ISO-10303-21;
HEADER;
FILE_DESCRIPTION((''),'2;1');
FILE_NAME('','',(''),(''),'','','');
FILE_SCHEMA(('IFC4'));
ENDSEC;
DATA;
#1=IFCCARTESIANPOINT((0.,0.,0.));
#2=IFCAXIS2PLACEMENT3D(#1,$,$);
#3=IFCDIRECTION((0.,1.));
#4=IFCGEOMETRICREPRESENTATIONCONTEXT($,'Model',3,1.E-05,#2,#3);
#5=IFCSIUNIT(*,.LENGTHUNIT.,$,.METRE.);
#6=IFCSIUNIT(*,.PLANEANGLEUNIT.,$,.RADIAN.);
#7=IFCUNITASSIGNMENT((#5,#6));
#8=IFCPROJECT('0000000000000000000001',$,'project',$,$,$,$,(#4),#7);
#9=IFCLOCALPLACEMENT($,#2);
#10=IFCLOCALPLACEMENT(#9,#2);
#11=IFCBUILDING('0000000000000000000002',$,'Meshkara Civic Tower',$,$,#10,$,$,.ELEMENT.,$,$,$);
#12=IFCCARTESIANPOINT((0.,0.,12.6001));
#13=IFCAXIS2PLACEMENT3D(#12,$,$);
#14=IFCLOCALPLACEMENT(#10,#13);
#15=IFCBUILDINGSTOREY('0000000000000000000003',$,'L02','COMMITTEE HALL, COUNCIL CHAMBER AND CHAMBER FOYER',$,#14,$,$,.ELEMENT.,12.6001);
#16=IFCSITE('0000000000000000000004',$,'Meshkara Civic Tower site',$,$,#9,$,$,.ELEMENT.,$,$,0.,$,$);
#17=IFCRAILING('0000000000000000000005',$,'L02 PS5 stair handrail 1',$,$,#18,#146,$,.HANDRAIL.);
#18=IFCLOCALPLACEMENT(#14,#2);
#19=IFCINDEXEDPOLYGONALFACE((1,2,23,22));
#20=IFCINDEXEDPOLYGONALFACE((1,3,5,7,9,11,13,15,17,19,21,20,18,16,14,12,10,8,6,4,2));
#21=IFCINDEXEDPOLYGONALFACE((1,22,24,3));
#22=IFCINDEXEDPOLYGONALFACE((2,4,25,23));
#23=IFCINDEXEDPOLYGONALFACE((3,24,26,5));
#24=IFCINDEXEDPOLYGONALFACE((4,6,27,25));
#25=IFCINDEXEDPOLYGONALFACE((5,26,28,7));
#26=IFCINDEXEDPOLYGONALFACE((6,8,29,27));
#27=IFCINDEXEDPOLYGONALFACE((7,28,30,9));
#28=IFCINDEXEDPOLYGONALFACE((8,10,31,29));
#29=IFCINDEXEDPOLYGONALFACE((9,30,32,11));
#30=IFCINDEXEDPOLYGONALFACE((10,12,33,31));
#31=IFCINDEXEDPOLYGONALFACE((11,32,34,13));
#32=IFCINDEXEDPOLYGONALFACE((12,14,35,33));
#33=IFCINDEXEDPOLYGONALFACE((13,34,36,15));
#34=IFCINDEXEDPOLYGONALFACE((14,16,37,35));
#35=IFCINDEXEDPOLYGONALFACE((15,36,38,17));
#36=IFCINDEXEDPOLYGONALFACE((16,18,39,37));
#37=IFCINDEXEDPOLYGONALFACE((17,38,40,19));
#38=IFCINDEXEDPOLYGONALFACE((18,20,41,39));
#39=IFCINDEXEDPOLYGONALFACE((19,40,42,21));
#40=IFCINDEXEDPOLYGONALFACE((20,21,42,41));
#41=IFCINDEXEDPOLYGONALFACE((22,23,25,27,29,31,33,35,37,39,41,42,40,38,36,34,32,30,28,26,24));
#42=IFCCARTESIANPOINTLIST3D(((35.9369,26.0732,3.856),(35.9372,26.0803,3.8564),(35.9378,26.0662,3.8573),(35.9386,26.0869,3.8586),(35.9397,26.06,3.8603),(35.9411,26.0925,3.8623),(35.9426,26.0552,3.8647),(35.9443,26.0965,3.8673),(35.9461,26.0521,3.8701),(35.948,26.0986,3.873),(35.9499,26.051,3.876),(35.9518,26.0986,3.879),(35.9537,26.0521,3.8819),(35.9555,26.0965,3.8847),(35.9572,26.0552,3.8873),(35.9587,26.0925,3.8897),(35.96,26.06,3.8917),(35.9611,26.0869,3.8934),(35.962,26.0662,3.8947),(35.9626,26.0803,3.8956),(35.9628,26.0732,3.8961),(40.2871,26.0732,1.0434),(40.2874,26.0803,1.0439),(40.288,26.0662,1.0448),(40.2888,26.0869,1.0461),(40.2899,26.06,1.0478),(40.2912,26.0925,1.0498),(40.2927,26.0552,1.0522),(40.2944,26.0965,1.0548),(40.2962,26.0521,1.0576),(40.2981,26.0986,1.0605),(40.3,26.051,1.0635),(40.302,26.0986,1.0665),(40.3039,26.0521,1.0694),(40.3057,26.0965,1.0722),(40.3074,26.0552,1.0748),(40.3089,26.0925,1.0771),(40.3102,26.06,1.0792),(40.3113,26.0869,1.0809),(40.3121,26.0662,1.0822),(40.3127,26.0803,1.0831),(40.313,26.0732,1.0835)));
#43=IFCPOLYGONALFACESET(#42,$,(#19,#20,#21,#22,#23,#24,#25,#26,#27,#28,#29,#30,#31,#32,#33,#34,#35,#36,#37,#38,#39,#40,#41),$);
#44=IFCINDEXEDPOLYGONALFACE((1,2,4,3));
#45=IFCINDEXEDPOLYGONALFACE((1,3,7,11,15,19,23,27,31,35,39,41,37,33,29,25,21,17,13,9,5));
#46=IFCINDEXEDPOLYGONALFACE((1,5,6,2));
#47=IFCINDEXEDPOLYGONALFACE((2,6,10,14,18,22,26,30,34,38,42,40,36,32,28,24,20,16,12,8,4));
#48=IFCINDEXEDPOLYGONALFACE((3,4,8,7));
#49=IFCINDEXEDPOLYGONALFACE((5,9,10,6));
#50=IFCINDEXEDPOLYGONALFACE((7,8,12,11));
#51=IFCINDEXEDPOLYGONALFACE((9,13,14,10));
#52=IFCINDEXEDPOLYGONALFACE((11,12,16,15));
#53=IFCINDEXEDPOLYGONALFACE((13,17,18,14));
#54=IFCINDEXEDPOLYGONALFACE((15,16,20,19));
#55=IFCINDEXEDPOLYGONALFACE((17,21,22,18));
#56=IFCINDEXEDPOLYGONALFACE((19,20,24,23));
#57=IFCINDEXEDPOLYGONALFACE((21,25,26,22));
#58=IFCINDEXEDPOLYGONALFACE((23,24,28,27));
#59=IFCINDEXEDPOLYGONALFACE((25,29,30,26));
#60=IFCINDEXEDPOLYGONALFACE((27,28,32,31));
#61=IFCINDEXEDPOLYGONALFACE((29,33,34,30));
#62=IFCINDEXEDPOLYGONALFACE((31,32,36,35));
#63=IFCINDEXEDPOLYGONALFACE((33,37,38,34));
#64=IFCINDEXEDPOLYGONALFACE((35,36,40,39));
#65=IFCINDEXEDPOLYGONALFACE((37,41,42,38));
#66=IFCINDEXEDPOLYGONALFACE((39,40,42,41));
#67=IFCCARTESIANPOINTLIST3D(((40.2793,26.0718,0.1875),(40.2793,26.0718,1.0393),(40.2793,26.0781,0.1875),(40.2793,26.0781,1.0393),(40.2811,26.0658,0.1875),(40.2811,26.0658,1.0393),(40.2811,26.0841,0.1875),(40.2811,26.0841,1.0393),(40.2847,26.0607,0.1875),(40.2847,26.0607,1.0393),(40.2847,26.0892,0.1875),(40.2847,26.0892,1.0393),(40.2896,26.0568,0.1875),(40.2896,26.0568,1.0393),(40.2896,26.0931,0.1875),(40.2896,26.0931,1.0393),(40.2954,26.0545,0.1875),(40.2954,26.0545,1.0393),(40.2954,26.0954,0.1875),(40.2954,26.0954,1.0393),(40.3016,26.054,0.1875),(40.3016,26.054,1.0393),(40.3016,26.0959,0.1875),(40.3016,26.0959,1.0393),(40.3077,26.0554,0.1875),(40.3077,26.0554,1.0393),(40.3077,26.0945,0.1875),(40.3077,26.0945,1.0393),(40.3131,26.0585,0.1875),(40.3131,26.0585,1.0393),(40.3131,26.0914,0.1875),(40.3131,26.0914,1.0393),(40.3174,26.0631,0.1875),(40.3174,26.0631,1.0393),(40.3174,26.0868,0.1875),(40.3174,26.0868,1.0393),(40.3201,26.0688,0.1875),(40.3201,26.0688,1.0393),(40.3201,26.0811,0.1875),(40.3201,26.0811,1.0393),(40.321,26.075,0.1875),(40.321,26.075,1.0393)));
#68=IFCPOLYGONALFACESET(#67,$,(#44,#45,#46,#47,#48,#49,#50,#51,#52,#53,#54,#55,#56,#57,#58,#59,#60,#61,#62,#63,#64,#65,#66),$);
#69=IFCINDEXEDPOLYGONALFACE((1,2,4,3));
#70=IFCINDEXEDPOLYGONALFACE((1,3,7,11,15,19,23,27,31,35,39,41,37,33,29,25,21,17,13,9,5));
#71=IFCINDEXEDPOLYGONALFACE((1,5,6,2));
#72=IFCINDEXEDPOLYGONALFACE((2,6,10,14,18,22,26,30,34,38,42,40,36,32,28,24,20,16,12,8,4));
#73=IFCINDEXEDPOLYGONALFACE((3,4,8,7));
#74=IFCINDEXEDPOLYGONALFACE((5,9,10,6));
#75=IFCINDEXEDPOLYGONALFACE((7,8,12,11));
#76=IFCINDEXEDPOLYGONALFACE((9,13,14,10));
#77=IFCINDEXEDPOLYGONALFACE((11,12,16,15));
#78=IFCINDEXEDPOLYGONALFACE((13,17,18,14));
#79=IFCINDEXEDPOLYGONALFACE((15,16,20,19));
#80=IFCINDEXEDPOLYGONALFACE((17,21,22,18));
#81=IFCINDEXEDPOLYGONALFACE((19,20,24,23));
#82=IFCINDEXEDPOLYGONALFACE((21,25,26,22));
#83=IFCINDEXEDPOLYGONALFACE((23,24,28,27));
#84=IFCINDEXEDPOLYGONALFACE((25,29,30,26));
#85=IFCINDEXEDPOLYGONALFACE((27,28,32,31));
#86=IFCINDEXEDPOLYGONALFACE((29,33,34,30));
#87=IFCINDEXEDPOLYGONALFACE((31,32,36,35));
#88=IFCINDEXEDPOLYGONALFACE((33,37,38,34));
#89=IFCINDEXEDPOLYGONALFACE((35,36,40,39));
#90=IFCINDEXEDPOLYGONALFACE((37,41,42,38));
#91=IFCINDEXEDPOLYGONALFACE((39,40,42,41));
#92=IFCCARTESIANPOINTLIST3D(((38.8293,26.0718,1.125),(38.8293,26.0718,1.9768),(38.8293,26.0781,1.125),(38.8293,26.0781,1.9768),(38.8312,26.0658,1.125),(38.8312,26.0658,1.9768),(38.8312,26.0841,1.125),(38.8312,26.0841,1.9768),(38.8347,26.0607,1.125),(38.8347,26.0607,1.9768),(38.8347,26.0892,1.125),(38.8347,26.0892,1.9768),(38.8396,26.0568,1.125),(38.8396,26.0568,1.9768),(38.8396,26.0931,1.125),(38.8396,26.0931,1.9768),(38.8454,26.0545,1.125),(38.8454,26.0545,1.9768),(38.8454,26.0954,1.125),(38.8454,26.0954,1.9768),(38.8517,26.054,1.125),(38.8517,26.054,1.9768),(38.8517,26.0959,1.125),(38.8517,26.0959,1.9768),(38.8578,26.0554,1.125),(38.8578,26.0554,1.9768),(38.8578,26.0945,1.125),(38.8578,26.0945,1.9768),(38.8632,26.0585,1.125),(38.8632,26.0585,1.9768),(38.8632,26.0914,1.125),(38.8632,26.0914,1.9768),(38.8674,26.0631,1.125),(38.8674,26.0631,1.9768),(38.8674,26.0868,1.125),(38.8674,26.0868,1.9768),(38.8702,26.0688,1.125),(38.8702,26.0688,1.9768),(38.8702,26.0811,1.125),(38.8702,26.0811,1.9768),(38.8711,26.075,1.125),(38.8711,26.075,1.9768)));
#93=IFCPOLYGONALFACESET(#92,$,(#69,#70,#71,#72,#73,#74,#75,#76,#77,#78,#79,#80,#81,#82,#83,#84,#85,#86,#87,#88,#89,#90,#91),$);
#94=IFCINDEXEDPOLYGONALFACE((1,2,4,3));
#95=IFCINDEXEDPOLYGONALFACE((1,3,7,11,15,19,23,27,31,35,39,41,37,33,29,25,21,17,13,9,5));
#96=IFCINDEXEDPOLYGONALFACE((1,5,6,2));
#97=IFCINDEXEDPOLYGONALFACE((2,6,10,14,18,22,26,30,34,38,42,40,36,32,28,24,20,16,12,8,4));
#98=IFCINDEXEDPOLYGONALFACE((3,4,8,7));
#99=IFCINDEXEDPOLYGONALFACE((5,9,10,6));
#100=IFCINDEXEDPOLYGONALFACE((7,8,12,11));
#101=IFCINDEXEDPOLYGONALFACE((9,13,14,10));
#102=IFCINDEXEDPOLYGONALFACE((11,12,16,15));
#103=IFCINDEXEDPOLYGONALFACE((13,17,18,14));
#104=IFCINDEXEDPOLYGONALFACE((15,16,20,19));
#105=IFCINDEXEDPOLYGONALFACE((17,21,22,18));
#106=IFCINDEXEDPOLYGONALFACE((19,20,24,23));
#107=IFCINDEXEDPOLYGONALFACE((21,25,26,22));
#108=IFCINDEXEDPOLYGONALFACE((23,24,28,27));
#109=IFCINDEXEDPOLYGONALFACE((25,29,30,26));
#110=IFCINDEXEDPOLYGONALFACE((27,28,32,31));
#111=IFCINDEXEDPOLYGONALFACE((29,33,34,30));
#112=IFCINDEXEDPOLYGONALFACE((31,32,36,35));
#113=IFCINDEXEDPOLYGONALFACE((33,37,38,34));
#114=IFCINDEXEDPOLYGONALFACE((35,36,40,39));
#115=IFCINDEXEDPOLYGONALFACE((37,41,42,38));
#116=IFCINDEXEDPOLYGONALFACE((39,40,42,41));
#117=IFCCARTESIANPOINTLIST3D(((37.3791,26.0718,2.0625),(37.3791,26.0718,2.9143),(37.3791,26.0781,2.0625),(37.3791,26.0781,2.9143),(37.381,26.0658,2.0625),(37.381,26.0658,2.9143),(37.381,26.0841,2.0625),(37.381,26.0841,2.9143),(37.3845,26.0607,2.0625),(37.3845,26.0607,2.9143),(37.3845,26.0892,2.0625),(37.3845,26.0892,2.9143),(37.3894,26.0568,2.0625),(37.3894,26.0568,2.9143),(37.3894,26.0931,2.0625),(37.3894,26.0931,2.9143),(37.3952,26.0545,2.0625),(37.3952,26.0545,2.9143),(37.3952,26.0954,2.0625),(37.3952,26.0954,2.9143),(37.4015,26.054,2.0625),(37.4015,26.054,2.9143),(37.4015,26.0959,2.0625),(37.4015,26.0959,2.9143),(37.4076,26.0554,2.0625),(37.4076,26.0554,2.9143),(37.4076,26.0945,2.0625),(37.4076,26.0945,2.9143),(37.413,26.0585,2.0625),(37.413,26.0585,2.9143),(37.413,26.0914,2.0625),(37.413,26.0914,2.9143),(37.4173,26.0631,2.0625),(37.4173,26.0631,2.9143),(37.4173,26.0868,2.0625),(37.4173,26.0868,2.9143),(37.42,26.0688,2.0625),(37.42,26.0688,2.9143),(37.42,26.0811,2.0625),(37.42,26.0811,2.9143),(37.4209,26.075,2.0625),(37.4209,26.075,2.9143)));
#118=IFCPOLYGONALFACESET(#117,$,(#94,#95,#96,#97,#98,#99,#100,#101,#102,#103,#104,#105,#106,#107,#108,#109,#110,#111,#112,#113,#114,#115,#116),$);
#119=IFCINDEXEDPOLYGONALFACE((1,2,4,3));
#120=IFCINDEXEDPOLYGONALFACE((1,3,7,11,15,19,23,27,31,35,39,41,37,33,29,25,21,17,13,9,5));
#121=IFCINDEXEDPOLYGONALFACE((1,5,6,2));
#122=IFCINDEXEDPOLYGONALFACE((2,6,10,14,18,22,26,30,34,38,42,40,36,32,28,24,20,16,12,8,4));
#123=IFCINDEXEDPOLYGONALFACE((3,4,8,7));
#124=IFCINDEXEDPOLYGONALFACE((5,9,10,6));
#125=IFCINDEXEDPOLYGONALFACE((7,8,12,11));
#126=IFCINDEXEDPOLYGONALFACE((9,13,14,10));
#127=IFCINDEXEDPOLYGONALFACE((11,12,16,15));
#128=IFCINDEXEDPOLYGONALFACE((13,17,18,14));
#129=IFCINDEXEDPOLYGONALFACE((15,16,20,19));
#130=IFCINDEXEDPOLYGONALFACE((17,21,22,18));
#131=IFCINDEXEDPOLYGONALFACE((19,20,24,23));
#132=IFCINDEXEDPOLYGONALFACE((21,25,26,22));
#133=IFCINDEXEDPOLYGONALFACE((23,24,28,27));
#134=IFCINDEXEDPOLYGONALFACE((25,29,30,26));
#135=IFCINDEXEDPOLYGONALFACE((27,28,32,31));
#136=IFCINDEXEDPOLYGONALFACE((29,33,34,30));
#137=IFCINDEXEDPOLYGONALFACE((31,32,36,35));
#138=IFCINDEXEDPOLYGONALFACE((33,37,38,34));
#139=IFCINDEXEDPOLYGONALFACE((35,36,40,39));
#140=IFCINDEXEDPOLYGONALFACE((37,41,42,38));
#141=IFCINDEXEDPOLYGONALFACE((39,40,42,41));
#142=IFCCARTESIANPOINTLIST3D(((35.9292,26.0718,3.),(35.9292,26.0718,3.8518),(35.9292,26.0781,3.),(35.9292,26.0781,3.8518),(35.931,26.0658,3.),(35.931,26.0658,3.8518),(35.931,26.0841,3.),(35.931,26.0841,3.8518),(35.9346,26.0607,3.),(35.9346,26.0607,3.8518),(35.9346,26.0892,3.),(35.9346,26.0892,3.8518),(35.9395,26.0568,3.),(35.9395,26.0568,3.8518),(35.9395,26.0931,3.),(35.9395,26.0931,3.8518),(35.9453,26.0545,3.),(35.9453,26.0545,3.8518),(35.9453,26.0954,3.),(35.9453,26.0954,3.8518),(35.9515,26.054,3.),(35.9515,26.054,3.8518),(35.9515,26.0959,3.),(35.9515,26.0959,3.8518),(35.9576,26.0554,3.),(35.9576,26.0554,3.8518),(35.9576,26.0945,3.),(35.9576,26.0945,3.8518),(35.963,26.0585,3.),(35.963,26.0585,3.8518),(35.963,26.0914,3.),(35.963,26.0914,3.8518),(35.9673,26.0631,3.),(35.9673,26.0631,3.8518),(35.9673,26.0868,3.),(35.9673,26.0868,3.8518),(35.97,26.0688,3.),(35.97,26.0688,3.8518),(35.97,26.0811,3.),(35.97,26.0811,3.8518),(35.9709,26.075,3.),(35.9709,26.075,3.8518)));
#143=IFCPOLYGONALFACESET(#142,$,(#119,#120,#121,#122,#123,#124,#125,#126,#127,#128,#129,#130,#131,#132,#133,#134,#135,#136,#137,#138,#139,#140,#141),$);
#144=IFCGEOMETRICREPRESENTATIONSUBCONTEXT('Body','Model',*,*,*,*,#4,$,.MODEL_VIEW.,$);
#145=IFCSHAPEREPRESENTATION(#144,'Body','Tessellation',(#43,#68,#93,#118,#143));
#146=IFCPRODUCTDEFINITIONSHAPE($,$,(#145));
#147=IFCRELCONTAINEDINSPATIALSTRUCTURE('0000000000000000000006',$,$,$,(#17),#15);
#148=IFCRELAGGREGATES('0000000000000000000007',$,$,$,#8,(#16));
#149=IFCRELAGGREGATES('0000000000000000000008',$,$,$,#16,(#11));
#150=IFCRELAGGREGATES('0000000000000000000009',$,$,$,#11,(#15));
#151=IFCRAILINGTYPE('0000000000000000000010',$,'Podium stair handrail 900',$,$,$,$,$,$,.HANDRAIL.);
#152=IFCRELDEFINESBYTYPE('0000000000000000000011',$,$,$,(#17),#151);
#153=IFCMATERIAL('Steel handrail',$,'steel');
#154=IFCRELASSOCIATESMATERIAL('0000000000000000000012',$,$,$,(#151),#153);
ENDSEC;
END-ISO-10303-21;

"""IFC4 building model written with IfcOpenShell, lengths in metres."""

from ifc_helpers import new_model, si_unit, direction, frame, origin, origin_2d, place, context, subcontext, project, spatial, circle, extrude, material, type_object, element, save


model = new_model("IFC4")

# Units and contexts
model_context = context("Model", 3, precision=1e-05, world=origin(), true_north=direction((0.0, 1.0)))
body_context = subcontext(model_context, "Body", "Model", "MODEL_VIEW")
ifc_project = project(units=[si_unit("LENGTHUNIT", "METRE"), si_unit("PLANEANGLEUNIT", "RADIAN")], contexts=[model_context])

# Site, building, storey
site_placement = place(None, origin())
site = spatial("IfcSite", under=ifc_project, at=site_placement, Name="Meshkara Civic Tower site", CompositionType="ELEMENT", RefElevation=0.0)
building_placement = place(site_placement, origin())
building = spatial("IfcBuilding", under=site, at=building_placement, Name="Meshkara Civic Tower", CompositionType="ELEMENT")
storey_placement = place(building_placement, frame((0.0, 0.0, 12.6001)))
storey = spatial("IfcBuildingStorey", under=building, at=storey_placement, Name="L02", Description="COMMITTEE HALL, COUNCIL CHAMBER AND CHAMBER FOYER", CompositionType="ELEMENT", Elevation=12.6001)

# Railing
ifc_material_1 = material(Name="Steel handrail", Category="steel")
railing_type_1 = type_object("IfcRailingType", Name="Podium stair handrail 900", PredefinedType="HANDRAIL", material=ifc_material_1)
railing_1_placement = place(storey_placement, frame((40.3, 26.075, 0.1875)))
element("IfcRailing", 1, at=railing_1_placement, inside=storey, type_object=railing_type_1, Name="L02 PS5 stair handrail 1", PredefinedType="HANDRAIL", context=body_context, shape_type="SweptSolid", body=[
    extrude(circle(Radius=0.0239, at=origin_2d()), frame((0.0, 0.0, 0.876), z_axis=(-0.83977, 0.0, 0.542942), x_axis=(0.0, -1.0, 0.0)), (0.0, 0.0, 1.0), 5.1802),
    extrude(circle(Radius=0.021, at=origin_2d()), origin(), (0.0, 0.0, 1.0), 0.8518),
    extrude(circle(Radius=0.021, at=origin_2d()), frame((-1.45, 0.0, 0.9375)), (0.0, 0.0, 1.0), 0.8518),
    extrude(circle(Radius=0.021, at=origin_2d()), frame((-2.9001, 0.0, 1.875)), (0.0, 0.0, 1.0), 0.8518),
    extrude(circle(Radius=0.021, at=origin_2d()), frame((-4.3501, 0.0, 2.8125)), (0.0, 0.0, 1.0), 0.8518),
])

save(model, "model.ifc")
